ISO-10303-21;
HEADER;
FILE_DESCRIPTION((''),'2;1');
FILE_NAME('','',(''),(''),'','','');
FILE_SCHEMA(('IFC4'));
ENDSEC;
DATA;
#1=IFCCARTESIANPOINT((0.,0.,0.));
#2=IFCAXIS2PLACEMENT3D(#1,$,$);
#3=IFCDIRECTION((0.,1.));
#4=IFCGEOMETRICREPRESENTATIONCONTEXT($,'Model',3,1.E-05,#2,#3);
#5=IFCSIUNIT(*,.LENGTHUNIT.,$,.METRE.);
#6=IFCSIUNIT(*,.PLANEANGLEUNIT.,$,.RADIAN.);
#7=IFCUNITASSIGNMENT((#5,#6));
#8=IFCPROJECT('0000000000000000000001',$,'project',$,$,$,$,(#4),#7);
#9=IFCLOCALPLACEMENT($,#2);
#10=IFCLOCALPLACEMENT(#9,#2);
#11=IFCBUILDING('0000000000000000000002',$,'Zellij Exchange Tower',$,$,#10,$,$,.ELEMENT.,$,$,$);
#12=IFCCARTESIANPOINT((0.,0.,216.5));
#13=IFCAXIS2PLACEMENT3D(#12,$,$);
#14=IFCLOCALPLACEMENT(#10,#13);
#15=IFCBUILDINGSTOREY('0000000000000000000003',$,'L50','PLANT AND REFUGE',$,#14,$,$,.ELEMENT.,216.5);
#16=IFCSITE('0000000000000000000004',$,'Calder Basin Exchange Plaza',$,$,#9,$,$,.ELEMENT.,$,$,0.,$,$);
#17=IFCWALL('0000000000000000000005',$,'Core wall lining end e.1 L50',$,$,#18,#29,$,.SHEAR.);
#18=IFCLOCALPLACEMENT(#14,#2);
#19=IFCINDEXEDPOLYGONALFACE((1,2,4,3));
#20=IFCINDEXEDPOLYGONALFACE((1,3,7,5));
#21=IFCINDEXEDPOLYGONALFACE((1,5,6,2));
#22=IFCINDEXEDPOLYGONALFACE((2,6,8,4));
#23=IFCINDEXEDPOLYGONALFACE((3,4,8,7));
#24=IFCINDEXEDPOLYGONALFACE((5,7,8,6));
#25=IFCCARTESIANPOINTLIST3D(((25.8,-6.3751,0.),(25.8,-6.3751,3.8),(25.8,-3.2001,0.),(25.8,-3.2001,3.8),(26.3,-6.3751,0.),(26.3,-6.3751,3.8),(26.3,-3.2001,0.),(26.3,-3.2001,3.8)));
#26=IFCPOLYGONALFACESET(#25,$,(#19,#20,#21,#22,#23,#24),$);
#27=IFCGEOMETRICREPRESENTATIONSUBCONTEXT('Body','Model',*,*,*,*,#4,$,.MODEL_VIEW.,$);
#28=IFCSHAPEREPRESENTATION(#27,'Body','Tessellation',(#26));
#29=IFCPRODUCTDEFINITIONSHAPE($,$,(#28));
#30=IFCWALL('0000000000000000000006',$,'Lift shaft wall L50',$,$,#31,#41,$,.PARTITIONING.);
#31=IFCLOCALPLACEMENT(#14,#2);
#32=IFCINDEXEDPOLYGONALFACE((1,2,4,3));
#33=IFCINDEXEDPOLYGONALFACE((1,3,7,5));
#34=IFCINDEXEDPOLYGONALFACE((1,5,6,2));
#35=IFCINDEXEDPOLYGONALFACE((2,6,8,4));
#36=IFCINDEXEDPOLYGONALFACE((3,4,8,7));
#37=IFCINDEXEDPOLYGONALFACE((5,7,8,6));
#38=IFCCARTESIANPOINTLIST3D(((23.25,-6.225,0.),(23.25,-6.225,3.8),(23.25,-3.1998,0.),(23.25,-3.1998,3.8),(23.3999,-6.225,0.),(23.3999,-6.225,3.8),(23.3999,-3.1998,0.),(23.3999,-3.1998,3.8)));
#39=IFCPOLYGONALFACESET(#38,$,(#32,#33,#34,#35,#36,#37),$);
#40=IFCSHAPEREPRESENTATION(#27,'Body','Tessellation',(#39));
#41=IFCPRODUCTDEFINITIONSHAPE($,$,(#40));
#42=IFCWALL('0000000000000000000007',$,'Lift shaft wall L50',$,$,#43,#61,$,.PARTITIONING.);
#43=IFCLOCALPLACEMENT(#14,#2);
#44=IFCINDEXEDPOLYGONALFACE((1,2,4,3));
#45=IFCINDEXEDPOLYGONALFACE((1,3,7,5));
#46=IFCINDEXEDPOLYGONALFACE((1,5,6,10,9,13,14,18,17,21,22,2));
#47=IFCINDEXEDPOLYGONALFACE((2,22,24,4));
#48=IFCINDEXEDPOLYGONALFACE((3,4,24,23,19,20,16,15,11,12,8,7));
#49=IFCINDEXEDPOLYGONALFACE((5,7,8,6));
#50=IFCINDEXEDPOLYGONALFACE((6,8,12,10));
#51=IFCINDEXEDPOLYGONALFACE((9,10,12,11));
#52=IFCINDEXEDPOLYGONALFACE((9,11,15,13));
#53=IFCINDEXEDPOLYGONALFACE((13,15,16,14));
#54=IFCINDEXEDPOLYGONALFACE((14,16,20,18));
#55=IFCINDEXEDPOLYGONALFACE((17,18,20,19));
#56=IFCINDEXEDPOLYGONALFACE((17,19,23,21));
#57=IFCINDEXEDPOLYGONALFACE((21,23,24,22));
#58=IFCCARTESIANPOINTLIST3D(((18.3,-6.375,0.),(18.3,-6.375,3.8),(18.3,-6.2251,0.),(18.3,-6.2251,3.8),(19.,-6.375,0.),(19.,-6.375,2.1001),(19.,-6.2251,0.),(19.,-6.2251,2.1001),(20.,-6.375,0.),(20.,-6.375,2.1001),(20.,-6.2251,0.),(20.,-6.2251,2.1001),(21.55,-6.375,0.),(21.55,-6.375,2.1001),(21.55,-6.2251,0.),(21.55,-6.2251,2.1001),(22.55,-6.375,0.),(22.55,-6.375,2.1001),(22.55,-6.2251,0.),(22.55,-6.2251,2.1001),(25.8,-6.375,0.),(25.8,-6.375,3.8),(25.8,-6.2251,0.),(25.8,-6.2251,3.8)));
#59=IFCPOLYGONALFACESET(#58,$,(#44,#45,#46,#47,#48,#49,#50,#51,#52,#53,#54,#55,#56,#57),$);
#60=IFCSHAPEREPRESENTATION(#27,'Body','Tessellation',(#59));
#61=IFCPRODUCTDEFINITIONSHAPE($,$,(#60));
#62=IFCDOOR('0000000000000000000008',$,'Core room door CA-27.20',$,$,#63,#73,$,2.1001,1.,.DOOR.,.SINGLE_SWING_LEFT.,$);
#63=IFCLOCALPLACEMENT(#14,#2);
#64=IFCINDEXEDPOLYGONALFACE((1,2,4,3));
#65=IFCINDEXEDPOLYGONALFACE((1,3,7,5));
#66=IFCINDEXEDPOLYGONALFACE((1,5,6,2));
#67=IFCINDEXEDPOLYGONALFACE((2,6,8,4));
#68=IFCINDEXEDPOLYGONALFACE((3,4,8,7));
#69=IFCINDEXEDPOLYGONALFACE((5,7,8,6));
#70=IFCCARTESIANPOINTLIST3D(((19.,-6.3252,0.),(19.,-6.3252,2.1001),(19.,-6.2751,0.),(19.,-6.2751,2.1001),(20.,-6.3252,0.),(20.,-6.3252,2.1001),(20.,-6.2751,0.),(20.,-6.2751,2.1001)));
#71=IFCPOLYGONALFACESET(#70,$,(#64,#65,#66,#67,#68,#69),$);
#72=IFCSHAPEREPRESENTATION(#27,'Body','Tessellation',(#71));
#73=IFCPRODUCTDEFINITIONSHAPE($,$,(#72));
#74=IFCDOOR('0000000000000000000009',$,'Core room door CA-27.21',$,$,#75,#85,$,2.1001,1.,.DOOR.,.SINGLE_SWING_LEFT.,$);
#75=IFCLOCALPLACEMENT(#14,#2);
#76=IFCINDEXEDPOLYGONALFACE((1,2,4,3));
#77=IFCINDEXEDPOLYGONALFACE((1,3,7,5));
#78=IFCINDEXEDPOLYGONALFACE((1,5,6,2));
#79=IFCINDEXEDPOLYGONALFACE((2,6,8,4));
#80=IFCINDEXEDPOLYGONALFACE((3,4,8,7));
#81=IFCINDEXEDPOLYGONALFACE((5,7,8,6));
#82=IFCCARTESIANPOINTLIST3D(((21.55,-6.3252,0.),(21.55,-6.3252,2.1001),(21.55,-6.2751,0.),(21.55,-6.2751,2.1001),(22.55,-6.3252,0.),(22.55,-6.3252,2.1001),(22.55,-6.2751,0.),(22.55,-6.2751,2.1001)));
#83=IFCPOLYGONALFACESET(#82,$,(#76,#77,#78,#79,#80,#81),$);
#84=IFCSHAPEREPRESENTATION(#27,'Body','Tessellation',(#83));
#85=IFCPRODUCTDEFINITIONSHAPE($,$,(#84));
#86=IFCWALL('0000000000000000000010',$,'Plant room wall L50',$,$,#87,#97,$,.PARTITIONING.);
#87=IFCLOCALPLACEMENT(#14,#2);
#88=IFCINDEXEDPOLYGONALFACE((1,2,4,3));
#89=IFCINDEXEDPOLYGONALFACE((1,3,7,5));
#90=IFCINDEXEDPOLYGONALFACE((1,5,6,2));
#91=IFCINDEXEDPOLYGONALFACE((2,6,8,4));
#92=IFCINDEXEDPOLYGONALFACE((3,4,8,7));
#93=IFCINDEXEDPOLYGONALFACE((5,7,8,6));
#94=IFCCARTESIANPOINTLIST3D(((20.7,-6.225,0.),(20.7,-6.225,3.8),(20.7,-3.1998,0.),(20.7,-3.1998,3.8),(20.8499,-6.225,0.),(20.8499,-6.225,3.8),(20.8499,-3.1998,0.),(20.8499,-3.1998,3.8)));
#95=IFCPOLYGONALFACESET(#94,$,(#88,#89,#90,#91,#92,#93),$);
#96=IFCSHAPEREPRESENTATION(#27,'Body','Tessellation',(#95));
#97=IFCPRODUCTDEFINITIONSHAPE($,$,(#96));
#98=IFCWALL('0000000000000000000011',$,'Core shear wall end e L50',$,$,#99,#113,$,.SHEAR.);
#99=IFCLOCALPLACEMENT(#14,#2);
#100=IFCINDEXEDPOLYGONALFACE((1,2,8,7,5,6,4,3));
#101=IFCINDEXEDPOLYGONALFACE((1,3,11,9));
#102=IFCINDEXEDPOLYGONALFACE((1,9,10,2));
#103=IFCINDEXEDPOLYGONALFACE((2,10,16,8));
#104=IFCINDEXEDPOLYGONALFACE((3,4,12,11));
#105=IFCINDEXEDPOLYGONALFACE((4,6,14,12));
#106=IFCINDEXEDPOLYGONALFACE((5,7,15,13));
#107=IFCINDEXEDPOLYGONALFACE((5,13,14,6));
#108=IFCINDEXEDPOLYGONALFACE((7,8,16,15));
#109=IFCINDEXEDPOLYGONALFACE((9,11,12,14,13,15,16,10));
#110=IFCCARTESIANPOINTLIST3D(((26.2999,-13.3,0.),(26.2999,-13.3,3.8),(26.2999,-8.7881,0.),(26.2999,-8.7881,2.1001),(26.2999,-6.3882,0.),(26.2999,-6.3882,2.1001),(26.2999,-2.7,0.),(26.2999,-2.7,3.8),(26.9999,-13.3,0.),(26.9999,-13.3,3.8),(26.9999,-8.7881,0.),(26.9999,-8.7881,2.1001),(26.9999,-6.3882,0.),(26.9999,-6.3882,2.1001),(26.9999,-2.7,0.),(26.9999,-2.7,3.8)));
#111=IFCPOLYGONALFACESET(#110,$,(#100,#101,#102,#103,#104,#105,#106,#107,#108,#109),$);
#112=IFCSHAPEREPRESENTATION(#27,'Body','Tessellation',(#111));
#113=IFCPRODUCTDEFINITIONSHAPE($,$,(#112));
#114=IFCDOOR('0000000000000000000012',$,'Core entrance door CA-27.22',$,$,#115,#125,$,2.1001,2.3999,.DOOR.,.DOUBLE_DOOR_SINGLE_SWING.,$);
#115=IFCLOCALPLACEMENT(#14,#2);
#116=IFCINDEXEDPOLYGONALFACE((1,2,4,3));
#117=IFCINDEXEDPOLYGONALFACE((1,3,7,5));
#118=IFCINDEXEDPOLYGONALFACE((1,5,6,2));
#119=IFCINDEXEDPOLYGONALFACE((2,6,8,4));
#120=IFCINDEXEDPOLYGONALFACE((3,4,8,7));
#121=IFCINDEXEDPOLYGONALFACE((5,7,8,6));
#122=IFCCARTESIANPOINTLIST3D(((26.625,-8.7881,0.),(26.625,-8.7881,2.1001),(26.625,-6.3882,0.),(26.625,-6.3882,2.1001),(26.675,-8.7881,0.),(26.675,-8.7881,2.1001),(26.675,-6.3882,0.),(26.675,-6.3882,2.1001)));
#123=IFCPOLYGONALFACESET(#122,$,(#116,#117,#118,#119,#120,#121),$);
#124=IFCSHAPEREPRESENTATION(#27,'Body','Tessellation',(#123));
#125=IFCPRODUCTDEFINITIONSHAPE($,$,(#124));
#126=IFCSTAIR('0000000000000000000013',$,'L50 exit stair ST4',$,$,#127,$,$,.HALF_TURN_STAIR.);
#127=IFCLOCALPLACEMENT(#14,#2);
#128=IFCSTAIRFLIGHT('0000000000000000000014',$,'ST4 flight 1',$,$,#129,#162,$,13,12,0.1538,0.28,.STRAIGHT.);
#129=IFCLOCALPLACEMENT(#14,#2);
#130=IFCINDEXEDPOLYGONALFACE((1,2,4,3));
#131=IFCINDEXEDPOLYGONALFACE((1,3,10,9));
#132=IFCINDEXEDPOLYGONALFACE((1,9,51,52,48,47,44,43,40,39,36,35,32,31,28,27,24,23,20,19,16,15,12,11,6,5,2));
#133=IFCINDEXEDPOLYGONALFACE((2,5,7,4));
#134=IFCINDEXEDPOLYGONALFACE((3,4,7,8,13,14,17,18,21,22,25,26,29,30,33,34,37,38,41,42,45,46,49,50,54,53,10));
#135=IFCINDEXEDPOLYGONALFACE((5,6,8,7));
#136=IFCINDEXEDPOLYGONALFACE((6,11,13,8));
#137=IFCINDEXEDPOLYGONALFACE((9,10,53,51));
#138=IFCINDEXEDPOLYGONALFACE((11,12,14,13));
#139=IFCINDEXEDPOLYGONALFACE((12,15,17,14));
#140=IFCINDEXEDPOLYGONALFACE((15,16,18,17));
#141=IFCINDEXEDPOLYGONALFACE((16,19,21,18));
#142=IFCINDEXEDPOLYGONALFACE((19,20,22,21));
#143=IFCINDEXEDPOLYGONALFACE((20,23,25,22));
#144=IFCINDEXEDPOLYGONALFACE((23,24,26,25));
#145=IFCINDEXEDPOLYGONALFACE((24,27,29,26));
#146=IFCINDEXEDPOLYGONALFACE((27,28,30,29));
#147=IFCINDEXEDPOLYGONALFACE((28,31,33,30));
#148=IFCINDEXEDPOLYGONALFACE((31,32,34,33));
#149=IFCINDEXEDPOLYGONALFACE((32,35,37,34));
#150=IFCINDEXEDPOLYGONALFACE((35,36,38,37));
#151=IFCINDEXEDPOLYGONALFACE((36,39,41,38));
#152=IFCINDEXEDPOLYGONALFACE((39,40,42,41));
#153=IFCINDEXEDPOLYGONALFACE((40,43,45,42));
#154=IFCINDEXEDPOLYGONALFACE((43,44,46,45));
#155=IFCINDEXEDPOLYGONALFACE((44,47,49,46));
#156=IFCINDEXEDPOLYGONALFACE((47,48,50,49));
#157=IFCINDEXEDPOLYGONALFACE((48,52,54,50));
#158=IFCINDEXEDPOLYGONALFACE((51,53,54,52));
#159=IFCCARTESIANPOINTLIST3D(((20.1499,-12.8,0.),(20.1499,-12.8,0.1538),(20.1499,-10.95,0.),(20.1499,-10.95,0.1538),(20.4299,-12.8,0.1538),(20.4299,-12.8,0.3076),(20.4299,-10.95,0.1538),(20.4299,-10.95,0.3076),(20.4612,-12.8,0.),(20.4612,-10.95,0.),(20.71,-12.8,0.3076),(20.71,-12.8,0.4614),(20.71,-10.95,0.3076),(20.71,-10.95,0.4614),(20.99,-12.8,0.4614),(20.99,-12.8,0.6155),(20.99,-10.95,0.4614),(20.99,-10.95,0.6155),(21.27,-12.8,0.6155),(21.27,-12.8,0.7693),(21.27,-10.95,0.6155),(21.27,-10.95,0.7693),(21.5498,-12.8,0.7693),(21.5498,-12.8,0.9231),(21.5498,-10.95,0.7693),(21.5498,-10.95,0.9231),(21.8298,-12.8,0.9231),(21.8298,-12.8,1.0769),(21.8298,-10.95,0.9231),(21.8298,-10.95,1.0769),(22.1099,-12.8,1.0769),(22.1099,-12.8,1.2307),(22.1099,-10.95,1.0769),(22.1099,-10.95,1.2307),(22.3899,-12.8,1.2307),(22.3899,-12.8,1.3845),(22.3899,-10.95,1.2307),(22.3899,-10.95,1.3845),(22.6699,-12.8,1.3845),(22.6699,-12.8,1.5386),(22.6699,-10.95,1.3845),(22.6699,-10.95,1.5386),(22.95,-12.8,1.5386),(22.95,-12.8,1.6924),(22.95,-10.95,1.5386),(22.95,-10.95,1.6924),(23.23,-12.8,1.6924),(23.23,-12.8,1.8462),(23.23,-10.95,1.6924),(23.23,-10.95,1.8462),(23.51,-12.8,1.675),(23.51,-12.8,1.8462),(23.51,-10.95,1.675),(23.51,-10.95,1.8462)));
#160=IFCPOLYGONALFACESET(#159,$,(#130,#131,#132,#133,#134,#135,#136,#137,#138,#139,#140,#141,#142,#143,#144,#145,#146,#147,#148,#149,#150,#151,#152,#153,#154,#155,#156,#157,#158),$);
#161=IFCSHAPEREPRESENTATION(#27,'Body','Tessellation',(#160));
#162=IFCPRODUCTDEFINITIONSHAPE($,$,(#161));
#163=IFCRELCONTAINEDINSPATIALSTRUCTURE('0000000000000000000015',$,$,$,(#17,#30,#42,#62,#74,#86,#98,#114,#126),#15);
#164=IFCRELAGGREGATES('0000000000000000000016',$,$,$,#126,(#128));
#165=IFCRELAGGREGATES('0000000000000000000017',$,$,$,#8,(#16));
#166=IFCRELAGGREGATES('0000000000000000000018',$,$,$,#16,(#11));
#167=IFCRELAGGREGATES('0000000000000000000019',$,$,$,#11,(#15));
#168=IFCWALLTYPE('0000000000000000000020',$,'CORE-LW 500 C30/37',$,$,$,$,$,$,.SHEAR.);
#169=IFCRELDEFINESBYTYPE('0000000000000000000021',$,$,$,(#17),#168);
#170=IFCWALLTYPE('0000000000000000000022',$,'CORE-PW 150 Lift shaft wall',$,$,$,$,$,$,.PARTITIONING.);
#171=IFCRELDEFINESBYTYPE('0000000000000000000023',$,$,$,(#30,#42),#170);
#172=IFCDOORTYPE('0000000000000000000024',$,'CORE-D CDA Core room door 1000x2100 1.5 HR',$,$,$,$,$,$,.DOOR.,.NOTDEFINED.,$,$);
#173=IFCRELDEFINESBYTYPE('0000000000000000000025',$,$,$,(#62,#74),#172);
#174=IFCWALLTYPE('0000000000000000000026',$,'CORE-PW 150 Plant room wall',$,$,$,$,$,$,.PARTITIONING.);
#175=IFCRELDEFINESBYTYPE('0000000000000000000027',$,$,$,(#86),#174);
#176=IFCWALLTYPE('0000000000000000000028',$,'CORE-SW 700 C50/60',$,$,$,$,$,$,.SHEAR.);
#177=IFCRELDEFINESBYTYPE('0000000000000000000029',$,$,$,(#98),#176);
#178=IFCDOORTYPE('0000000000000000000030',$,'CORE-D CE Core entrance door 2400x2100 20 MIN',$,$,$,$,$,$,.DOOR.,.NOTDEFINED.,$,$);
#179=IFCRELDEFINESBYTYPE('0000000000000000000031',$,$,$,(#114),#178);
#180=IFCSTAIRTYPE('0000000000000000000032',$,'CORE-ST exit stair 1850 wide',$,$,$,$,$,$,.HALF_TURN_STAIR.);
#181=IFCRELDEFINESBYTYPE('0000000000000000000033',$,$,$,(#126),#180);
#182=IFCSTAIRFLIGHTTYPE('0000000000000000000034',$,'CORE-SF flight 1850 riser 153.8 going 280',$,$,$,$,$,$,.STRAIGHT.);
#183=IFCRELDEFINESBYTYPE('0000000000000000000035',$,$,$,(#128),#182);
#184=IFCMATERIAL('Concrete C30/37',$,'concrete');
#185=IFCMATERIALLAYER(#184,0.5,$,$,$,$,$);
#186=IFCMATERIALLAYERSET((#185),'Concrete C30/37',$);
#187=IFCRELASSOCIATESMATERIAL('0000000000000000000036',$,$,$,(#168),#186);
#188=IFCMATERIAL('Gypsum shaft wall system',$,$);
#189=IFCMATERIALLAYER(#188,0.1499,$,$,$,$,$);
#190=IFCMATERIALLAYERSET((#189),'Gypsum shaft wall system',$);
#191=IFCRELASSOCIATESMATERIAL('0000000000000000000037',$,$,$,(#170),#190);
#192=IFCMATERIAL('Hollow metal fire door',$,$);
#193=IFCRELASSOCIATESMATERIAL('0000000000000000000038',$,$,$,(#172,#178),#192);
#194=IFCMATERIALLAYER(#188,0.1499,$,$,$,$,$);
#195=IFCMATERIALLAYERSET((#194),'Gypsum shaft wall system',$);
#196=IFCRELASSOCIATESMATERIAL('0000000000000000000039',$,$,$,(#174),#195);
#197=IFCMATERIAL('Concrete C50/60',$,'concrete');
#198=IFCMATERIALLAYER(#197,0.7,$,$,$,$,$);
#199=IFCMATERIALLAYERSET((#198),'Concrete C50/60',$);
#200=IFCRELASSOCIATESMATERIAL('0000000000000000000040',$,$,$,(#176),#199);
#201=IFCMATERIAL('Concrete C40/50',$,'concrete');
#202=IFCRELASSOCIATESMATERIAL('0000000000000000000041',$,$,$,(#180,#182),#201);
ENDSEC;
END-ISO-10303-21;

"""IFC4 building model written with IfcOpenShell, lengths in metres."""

from ifc_helpers import new_model, si_unit, direction, frame, frame_2d, origin, place, context, subcontext, project, spatial, polyline, rectangle, outline, extrude, material, layer, layer_set, type_object, element, fill, aggregate, save


model = new_model("IFC4")

# Units and contexts
model_context = context("Model", 3, precision=1e-05, world=origin(), true_north=direction((0.0, 1.0)))
body_context = subcontext(model_context, "Body", "Model", "MODEL_VIEW")
ifc_project = project(units=[si_unit("LENGTHUNIT", "METRE"), si_unit("PLANEANGLEUNIT", "RADIAN")], contexts=[model_context])

# Site, building, storey
site_placement = place(None, origin())
site = spatial("IfcSite", under=ifc_project, at=site_placement, Name="Calder Basin Exchange Plaza", CompositionType="ELEMENT", RefElevation=0.0)
building_placement = place(site_placement, origin())
building = spatial("IfcBuilding", under=site, at=building_placement, Name="Zellij Exchange Tower", CompositionType="ELEMENT")
storey_placement = place(building_placement, frame((0.0, 0.0, 216.5)))
storey = spatial("IfcBuildingStorey", under=building, at=storey_placement, Name="L50", Description="PLANT AND REFUGE", CompositionType="ELEMENT", Elevation=216.5)

# Walls
ifc_material_1 = material(Name="Concrete C30/37", Category="concrete")
ifc_layer_1 = layer(ifc_material_1, 0.5)
ifc_layer_set_1 = layer_set([ifc_layer_1], Name="Concrete C30/37")
wall_type_1 = type_object("IfcWallType", Name="CORE-LW 500 C30/37", PredefinedType="SHEAR", material=ifc_layer_set_1)
wall_1_placement = place(storey_placement, frame((26.05, -6.375, 0.0), z_axis=(0.0, 0.0, 1.0), x_axis=(0.0, 1.0, 0.0)))
element("IfcWall", 1, at=wall_1_placement, inside=storey, type_object=wall_type_1, Name="Core wall lining end e.1 L50", PredefinedType="SHEAR", context=body_context, shape_type="SweptSolid", body=[
    extrude(rectangle(XDim=3.175, YDim=0.5, at=frame_2d((1.5874, 0.0))), origin(), (0.0, 0.0, 1.0), 3.8),
])
ifc_material_2 = material(Name="Gypsum shaft wall system")
ifc_layer_2 = layer(ifc_material_2, 0.1499)
ifc_layer_set_2 = layer_set([ifc_layer_2], Name="Gypsum shaft wall system")
wall_type_2 = type_object("IfcWallType", Name="CORE-PW 150 Lift shaft wall", PredefinedType="PARTITIONING", material=ifc_layer_set_2)
wall_2_placement = place(storey_placement, frame((23.325, -6.2251, 0.0), z_axis=(0.0, 0.0, 1.0), x_axis=(0.0, 1.0, 0.0)))
element("IfcWall", 2, at=wall_2_placement, inside=storey, type_object=wall_type_2, Name="Lift shaft wall L50", PredefinedType="PARTITIONING", context=body_context, shape_type="SweptSolid", body=[
    extrude(rectangle(XDim=3.0251, YDim=0.1499, at=frame_2d((1.5127, 0.0))), origin(), (0.0, 0.0, 1.0), 3.8),
])

# Wall, openings, doors
wall_3_placement = place(storey_placement, frame((18.3, -6.3, 0.0), z_axis=(0.0, 0.0, 1.0), x_axis=(1.0, 0.0, 0.0)))
wall_3 = element("IfcWall", 3, at=wall_3_placement, inside=storey, type_object=wall_type_2, Name="Lift shaft wall L50", PredefinedType="PARTITIONING", context=body_context, shape_type="SweptSolid", body=[
    extrude(rectangle(XDim=7.5, YDim=0.1499, at=frame_2d((3.75, 0.0))), origin(), (0.0, 0.0, 1.0), 3.8),
])
opening_1_placement = place(wall_3_placement, frame((0.7, 0.0, 0.0)))
opening_1 = element("IfcOpeningElement", 4, at=opening_1_placement, cuts=wall_3, PredefinedType="OPENING", context=body_context, shape_type="SweptSolid", body=[
    extrude(rectangle(XDim=1.0, YDim=2.1001, at=frame_2d((0.5, 1.05))), frame((0.0, 0.0869, 0.0), z_axis=(0.0, -1.0, 0.0), x_axis=(1.0, 0.0, 0.0)), (0.0, 0.0, 1.0), 0.1738),
])
opening_2_placement = place(wall_3_placement, frame((3.25, 0.0, 0.0)))
opening_2 = element("IfcOpeningElement", 5, at=opening_2_placement, cuts=wall_3, PredefinedType="OPENING", context=body_context, shape_type="SweptSolid", body=[
    extrude(rectangle(XDim=1.0, YDim=2.1001, at=frame_2d((0.5, 1.05))), frame((0.0, 0.0869, 0.0), z_axis=(0.0, -1.0, 0.0), x_axis=(1.0, 0.0, 0.0)), (0.0, 0.0, 1.0), 0.1738),
])
ifc_material_3 = material(Name="Hollow metal fire door")
door_type_1 = type_object("IfcDoorType", Name="CORE-D CDA Core room door 1000x2100 1.5 HR", OperationType="NOTDEFINED", PredefinedType="DOOR", material=ifc_material_3)
door_1_placement = place(opening_1_placement, origin())
door_1 = element("IfcDoor", 6, at=door_1_placement, inside=storey, type_object=door_type_1, Name="Core room door CA-27.20", OperationType="SINGLE_SWING_LEFT", OverallHeight=2.1001, OverallWidth=1.0, PredefinedType="DOOR", context=body_context, shape_type="SweptSolid", body=[
    extrude(rectangle(XDim=1.0, YDim=2.1001, at=frame_2d((0.5, 1.05))), frame((0.0, 0.0249, 0.0), z_axis=(0.0, -1.0, 0.0), x_axis=(1.0, 0.0, 0.0)), (0.0, 0.0, 1.0), 0.05),
])
fill(opening_1, door_1)
door_2_placement = place(opening_2_placement, origin())
door_2 = element("IfcDoor", 7, at=door_2_placement, inside=storey, type_object=door_type_1, Name="Core room door CA-27.21", OperationType="SINGLE_SWING_LEFT", OverallHeight=2.1001, OverallWidth=1.0, PredefinedType="DOOR", context=body_context, shape_type="SweptSolid", body=[
    extrude(rectangle(XDim=1.0, YDim=2.1001, at=frame_2d((0.5, 1.05))), frame((0.0, 0.0249, 0.0), z_axis=(0.0, -1.0, 0.0), x_axis=(1.0, 0.0, 0.0)), (0.0, 0.0, 1.0), 0.05),
])
fill(opening_2, door_2)

# Wall
ifc_layer_3 = layer(ifc_material_2, 0.1499)
ifc_layer_set_3 = layer_set([ifc_layer_3], Name="Gypsum shaft wall system")
wall_type_3 = type_object("IfcWallType", Name="CORE-PW 150 Plant room wall", PredefinedType="PARTITIONING", material=ifc_layer_set_3)
wall_4_placement = place(storey_placement, frame((20.7749, -6.2251, 0.0), z_axis=(0.0, 0.0, 1.0), x_axis=(0.0, 1.0, 0.0)))
element("IfcWall", 8, at=wall_4_placement, inside=storey, type_object=wall_type_3, Name="Plant room wall L50", PredefinedType="PARTITIONING", context=body_context, shape_type="SweptSolid", body=[
    extrude(rectangle(XDim=3.0251, YDim=0.1499, at=frame_2d((1.5127, 0.0))), origin(), (0.0, 0.0, 1.0), 3.8),
])

# Wall, opening, door
ifc_material_4 = material(Name="Concrete C50/60", Category="concrete")
ifc_layer_4 = layer(ifc_material_4, 0.7)
ifc_layer_set_4 = layer_set([ifc_layer_4], Name="Concrete C50/60")
wall_type_4 = type_object("IfcWallType", Name="CORE-SW 700 C50/60", PredefinedType="SHEAR", material=ifc_layer_set_4)
wall_5_placement = place(storey_placement, frame((26.6499, -13.3, 0.0), z_axis=(0.0, 0.0, 1.0), x_axis=(0.0, 1.0, 0.0)))
wall_5 = element("IfcWall", 9, at=wall_5_placement, inside=storey, type_object=wall_type_4, Name="Core shear wall end e L50", PredefinedType="SHEAR", context=body_context, shape_type="SweptSolid", body=[
    extrude(rectangle(XDim=10.6001, YDim=0.7, at=frame_2d((5.3, 0.0))), origin(), (0.0, 0.0, 1.0), 3.8),
])
opening_3_placement = place(wall_5_placement, frame((4.512, 0.0, 0.0)))
opening_3 = element("IfcOpeningElement", 10, at=opening_3_placement, cuts=wall_5, PredefinedType="OPENING", context=body_context, shape_type="SweptSolid", body=[
    extrude(rectangle(XDim=2.3999, YDim=2.1001, at=frame_2d((1.2, 1.05))), frame((0.0, 0.3618, 0.0), z_axis=(0.0, -1.0, 0.0), x_axis=(1.0, 0.0, 0.0)), (0.0, 0.0, 1.0), 0.7239),
])
door_type_2 = type_object("IfcDoorType", Name="CORE-D CE Core entrance door 2400x2100 20 MIN", OperationType="NOTDEFINED", PredefinedType="DOOR", material=ifc_material_3)
door_3_placement = place(opening_3_placement, origin())
door_3 = element("IfcDoor", 11, at=door_3_placement, inside=storey, type_object=door_type_2, Name="Core entrance door CA-27.22", OperationType="DOUBLE_DOOR_SINGLE_SWING", OverallHeight=2.1001, OverallWidth=2.3999, PredefinedType="DOOR", context=body_context, shape_type="SweptSolid", body=[
    extrude(rectangle(XDim=2.3999, YDim=2.1001, at=frame_2d((1.2, 1.05))), frame((0.0, 0.0249, 0.0), z_axis=(0.0, -1.0, 0.0), x_axis=(1.0, 0.0, 0.0)), (0.0, 0.0, 1.0), 0.05),
])
fill(opening_3, door_3)

# Stair, stair flight
ifc_material_5 = material(Name="Concrete C40/50", Category="concrete")
stair_type = type_object("IfcStairType", Name="CORE-ST exit stair 1850 wide", PredefinedType="HALF_TURN_STAIR", material=ifc_material_5)
stair_placement = place(storey_placement, origin())
stair = element("IfcStair", 12, at=stair_placement, inside=storey, type_object=stair_type, Name="L50 exit stair ST4", PredefinedType="HALF_TURN_STAIR")
stair_flight_type = type_object("IfcStairFlightType", Name="CORE-SF flight 1850 riser 153.8 going 280", PredefinedType="STRAIGHT", material=ifc_material_5)
stair_flight_1_placement = place(storey_placement, frame((20.1499, -11.875, 0.0), z_axis=(0.0, 0.0, 1.0), x_axis=(1.0, 0.0, 0.0)))
stair_flight_1 = element("IfcStairFlight", 13, at=stair_flight_1_placement, type_object=stair_flight_type, Name="ST4 flight 1", NumberOfRisers=13, NumberOfTreads=12, PredefinedType="STRAIGHT", RiserHeight=0.1538, TreadLength=0.28, context=body_context, shape_type="SweptSolid", body=[
    extrude(outline(polyline([(0.0, 0.0), (0.0, 0.1538), (0.28, 0.1538), (0.28, 0.3076), (0.5601, 0.3076), (0.5601, 0.4614), (0.8401, 0.4614), (0.8401, 0.6155), (1.1201, 0.6155), (1.1201, 0.7693), (1.3999, 0.7693), (1.3999, 0.9231), (1.6799, 0.9231), (1.6799, 1.0769), (1.96, 1.0769), (1.96, 1.2307), (2.24, 1.2307), (2.24, 1.3845), (2.52, 1.3845), (2.52, 1.5386), (2.8, 1.5386), (2.8, 1.6924), (3.0801, 1.6924), (3.0801, 1.8462), (3.3601, 1.8462), (3.3601, 2.0), (3.3601, 1.675), (0.3113, 0.0), (0.0, 0.0)])), frame((0.0, 0.925, 0.0), z_axis=(0.0, -1.0, 0.0), x_axis=(1.0, 0.0, 0.0)), (0.0, 0.0, 1.0), 1.8501),
])
aggregate(stair, [stair_flight_1])

save(model, "model.ifc")
